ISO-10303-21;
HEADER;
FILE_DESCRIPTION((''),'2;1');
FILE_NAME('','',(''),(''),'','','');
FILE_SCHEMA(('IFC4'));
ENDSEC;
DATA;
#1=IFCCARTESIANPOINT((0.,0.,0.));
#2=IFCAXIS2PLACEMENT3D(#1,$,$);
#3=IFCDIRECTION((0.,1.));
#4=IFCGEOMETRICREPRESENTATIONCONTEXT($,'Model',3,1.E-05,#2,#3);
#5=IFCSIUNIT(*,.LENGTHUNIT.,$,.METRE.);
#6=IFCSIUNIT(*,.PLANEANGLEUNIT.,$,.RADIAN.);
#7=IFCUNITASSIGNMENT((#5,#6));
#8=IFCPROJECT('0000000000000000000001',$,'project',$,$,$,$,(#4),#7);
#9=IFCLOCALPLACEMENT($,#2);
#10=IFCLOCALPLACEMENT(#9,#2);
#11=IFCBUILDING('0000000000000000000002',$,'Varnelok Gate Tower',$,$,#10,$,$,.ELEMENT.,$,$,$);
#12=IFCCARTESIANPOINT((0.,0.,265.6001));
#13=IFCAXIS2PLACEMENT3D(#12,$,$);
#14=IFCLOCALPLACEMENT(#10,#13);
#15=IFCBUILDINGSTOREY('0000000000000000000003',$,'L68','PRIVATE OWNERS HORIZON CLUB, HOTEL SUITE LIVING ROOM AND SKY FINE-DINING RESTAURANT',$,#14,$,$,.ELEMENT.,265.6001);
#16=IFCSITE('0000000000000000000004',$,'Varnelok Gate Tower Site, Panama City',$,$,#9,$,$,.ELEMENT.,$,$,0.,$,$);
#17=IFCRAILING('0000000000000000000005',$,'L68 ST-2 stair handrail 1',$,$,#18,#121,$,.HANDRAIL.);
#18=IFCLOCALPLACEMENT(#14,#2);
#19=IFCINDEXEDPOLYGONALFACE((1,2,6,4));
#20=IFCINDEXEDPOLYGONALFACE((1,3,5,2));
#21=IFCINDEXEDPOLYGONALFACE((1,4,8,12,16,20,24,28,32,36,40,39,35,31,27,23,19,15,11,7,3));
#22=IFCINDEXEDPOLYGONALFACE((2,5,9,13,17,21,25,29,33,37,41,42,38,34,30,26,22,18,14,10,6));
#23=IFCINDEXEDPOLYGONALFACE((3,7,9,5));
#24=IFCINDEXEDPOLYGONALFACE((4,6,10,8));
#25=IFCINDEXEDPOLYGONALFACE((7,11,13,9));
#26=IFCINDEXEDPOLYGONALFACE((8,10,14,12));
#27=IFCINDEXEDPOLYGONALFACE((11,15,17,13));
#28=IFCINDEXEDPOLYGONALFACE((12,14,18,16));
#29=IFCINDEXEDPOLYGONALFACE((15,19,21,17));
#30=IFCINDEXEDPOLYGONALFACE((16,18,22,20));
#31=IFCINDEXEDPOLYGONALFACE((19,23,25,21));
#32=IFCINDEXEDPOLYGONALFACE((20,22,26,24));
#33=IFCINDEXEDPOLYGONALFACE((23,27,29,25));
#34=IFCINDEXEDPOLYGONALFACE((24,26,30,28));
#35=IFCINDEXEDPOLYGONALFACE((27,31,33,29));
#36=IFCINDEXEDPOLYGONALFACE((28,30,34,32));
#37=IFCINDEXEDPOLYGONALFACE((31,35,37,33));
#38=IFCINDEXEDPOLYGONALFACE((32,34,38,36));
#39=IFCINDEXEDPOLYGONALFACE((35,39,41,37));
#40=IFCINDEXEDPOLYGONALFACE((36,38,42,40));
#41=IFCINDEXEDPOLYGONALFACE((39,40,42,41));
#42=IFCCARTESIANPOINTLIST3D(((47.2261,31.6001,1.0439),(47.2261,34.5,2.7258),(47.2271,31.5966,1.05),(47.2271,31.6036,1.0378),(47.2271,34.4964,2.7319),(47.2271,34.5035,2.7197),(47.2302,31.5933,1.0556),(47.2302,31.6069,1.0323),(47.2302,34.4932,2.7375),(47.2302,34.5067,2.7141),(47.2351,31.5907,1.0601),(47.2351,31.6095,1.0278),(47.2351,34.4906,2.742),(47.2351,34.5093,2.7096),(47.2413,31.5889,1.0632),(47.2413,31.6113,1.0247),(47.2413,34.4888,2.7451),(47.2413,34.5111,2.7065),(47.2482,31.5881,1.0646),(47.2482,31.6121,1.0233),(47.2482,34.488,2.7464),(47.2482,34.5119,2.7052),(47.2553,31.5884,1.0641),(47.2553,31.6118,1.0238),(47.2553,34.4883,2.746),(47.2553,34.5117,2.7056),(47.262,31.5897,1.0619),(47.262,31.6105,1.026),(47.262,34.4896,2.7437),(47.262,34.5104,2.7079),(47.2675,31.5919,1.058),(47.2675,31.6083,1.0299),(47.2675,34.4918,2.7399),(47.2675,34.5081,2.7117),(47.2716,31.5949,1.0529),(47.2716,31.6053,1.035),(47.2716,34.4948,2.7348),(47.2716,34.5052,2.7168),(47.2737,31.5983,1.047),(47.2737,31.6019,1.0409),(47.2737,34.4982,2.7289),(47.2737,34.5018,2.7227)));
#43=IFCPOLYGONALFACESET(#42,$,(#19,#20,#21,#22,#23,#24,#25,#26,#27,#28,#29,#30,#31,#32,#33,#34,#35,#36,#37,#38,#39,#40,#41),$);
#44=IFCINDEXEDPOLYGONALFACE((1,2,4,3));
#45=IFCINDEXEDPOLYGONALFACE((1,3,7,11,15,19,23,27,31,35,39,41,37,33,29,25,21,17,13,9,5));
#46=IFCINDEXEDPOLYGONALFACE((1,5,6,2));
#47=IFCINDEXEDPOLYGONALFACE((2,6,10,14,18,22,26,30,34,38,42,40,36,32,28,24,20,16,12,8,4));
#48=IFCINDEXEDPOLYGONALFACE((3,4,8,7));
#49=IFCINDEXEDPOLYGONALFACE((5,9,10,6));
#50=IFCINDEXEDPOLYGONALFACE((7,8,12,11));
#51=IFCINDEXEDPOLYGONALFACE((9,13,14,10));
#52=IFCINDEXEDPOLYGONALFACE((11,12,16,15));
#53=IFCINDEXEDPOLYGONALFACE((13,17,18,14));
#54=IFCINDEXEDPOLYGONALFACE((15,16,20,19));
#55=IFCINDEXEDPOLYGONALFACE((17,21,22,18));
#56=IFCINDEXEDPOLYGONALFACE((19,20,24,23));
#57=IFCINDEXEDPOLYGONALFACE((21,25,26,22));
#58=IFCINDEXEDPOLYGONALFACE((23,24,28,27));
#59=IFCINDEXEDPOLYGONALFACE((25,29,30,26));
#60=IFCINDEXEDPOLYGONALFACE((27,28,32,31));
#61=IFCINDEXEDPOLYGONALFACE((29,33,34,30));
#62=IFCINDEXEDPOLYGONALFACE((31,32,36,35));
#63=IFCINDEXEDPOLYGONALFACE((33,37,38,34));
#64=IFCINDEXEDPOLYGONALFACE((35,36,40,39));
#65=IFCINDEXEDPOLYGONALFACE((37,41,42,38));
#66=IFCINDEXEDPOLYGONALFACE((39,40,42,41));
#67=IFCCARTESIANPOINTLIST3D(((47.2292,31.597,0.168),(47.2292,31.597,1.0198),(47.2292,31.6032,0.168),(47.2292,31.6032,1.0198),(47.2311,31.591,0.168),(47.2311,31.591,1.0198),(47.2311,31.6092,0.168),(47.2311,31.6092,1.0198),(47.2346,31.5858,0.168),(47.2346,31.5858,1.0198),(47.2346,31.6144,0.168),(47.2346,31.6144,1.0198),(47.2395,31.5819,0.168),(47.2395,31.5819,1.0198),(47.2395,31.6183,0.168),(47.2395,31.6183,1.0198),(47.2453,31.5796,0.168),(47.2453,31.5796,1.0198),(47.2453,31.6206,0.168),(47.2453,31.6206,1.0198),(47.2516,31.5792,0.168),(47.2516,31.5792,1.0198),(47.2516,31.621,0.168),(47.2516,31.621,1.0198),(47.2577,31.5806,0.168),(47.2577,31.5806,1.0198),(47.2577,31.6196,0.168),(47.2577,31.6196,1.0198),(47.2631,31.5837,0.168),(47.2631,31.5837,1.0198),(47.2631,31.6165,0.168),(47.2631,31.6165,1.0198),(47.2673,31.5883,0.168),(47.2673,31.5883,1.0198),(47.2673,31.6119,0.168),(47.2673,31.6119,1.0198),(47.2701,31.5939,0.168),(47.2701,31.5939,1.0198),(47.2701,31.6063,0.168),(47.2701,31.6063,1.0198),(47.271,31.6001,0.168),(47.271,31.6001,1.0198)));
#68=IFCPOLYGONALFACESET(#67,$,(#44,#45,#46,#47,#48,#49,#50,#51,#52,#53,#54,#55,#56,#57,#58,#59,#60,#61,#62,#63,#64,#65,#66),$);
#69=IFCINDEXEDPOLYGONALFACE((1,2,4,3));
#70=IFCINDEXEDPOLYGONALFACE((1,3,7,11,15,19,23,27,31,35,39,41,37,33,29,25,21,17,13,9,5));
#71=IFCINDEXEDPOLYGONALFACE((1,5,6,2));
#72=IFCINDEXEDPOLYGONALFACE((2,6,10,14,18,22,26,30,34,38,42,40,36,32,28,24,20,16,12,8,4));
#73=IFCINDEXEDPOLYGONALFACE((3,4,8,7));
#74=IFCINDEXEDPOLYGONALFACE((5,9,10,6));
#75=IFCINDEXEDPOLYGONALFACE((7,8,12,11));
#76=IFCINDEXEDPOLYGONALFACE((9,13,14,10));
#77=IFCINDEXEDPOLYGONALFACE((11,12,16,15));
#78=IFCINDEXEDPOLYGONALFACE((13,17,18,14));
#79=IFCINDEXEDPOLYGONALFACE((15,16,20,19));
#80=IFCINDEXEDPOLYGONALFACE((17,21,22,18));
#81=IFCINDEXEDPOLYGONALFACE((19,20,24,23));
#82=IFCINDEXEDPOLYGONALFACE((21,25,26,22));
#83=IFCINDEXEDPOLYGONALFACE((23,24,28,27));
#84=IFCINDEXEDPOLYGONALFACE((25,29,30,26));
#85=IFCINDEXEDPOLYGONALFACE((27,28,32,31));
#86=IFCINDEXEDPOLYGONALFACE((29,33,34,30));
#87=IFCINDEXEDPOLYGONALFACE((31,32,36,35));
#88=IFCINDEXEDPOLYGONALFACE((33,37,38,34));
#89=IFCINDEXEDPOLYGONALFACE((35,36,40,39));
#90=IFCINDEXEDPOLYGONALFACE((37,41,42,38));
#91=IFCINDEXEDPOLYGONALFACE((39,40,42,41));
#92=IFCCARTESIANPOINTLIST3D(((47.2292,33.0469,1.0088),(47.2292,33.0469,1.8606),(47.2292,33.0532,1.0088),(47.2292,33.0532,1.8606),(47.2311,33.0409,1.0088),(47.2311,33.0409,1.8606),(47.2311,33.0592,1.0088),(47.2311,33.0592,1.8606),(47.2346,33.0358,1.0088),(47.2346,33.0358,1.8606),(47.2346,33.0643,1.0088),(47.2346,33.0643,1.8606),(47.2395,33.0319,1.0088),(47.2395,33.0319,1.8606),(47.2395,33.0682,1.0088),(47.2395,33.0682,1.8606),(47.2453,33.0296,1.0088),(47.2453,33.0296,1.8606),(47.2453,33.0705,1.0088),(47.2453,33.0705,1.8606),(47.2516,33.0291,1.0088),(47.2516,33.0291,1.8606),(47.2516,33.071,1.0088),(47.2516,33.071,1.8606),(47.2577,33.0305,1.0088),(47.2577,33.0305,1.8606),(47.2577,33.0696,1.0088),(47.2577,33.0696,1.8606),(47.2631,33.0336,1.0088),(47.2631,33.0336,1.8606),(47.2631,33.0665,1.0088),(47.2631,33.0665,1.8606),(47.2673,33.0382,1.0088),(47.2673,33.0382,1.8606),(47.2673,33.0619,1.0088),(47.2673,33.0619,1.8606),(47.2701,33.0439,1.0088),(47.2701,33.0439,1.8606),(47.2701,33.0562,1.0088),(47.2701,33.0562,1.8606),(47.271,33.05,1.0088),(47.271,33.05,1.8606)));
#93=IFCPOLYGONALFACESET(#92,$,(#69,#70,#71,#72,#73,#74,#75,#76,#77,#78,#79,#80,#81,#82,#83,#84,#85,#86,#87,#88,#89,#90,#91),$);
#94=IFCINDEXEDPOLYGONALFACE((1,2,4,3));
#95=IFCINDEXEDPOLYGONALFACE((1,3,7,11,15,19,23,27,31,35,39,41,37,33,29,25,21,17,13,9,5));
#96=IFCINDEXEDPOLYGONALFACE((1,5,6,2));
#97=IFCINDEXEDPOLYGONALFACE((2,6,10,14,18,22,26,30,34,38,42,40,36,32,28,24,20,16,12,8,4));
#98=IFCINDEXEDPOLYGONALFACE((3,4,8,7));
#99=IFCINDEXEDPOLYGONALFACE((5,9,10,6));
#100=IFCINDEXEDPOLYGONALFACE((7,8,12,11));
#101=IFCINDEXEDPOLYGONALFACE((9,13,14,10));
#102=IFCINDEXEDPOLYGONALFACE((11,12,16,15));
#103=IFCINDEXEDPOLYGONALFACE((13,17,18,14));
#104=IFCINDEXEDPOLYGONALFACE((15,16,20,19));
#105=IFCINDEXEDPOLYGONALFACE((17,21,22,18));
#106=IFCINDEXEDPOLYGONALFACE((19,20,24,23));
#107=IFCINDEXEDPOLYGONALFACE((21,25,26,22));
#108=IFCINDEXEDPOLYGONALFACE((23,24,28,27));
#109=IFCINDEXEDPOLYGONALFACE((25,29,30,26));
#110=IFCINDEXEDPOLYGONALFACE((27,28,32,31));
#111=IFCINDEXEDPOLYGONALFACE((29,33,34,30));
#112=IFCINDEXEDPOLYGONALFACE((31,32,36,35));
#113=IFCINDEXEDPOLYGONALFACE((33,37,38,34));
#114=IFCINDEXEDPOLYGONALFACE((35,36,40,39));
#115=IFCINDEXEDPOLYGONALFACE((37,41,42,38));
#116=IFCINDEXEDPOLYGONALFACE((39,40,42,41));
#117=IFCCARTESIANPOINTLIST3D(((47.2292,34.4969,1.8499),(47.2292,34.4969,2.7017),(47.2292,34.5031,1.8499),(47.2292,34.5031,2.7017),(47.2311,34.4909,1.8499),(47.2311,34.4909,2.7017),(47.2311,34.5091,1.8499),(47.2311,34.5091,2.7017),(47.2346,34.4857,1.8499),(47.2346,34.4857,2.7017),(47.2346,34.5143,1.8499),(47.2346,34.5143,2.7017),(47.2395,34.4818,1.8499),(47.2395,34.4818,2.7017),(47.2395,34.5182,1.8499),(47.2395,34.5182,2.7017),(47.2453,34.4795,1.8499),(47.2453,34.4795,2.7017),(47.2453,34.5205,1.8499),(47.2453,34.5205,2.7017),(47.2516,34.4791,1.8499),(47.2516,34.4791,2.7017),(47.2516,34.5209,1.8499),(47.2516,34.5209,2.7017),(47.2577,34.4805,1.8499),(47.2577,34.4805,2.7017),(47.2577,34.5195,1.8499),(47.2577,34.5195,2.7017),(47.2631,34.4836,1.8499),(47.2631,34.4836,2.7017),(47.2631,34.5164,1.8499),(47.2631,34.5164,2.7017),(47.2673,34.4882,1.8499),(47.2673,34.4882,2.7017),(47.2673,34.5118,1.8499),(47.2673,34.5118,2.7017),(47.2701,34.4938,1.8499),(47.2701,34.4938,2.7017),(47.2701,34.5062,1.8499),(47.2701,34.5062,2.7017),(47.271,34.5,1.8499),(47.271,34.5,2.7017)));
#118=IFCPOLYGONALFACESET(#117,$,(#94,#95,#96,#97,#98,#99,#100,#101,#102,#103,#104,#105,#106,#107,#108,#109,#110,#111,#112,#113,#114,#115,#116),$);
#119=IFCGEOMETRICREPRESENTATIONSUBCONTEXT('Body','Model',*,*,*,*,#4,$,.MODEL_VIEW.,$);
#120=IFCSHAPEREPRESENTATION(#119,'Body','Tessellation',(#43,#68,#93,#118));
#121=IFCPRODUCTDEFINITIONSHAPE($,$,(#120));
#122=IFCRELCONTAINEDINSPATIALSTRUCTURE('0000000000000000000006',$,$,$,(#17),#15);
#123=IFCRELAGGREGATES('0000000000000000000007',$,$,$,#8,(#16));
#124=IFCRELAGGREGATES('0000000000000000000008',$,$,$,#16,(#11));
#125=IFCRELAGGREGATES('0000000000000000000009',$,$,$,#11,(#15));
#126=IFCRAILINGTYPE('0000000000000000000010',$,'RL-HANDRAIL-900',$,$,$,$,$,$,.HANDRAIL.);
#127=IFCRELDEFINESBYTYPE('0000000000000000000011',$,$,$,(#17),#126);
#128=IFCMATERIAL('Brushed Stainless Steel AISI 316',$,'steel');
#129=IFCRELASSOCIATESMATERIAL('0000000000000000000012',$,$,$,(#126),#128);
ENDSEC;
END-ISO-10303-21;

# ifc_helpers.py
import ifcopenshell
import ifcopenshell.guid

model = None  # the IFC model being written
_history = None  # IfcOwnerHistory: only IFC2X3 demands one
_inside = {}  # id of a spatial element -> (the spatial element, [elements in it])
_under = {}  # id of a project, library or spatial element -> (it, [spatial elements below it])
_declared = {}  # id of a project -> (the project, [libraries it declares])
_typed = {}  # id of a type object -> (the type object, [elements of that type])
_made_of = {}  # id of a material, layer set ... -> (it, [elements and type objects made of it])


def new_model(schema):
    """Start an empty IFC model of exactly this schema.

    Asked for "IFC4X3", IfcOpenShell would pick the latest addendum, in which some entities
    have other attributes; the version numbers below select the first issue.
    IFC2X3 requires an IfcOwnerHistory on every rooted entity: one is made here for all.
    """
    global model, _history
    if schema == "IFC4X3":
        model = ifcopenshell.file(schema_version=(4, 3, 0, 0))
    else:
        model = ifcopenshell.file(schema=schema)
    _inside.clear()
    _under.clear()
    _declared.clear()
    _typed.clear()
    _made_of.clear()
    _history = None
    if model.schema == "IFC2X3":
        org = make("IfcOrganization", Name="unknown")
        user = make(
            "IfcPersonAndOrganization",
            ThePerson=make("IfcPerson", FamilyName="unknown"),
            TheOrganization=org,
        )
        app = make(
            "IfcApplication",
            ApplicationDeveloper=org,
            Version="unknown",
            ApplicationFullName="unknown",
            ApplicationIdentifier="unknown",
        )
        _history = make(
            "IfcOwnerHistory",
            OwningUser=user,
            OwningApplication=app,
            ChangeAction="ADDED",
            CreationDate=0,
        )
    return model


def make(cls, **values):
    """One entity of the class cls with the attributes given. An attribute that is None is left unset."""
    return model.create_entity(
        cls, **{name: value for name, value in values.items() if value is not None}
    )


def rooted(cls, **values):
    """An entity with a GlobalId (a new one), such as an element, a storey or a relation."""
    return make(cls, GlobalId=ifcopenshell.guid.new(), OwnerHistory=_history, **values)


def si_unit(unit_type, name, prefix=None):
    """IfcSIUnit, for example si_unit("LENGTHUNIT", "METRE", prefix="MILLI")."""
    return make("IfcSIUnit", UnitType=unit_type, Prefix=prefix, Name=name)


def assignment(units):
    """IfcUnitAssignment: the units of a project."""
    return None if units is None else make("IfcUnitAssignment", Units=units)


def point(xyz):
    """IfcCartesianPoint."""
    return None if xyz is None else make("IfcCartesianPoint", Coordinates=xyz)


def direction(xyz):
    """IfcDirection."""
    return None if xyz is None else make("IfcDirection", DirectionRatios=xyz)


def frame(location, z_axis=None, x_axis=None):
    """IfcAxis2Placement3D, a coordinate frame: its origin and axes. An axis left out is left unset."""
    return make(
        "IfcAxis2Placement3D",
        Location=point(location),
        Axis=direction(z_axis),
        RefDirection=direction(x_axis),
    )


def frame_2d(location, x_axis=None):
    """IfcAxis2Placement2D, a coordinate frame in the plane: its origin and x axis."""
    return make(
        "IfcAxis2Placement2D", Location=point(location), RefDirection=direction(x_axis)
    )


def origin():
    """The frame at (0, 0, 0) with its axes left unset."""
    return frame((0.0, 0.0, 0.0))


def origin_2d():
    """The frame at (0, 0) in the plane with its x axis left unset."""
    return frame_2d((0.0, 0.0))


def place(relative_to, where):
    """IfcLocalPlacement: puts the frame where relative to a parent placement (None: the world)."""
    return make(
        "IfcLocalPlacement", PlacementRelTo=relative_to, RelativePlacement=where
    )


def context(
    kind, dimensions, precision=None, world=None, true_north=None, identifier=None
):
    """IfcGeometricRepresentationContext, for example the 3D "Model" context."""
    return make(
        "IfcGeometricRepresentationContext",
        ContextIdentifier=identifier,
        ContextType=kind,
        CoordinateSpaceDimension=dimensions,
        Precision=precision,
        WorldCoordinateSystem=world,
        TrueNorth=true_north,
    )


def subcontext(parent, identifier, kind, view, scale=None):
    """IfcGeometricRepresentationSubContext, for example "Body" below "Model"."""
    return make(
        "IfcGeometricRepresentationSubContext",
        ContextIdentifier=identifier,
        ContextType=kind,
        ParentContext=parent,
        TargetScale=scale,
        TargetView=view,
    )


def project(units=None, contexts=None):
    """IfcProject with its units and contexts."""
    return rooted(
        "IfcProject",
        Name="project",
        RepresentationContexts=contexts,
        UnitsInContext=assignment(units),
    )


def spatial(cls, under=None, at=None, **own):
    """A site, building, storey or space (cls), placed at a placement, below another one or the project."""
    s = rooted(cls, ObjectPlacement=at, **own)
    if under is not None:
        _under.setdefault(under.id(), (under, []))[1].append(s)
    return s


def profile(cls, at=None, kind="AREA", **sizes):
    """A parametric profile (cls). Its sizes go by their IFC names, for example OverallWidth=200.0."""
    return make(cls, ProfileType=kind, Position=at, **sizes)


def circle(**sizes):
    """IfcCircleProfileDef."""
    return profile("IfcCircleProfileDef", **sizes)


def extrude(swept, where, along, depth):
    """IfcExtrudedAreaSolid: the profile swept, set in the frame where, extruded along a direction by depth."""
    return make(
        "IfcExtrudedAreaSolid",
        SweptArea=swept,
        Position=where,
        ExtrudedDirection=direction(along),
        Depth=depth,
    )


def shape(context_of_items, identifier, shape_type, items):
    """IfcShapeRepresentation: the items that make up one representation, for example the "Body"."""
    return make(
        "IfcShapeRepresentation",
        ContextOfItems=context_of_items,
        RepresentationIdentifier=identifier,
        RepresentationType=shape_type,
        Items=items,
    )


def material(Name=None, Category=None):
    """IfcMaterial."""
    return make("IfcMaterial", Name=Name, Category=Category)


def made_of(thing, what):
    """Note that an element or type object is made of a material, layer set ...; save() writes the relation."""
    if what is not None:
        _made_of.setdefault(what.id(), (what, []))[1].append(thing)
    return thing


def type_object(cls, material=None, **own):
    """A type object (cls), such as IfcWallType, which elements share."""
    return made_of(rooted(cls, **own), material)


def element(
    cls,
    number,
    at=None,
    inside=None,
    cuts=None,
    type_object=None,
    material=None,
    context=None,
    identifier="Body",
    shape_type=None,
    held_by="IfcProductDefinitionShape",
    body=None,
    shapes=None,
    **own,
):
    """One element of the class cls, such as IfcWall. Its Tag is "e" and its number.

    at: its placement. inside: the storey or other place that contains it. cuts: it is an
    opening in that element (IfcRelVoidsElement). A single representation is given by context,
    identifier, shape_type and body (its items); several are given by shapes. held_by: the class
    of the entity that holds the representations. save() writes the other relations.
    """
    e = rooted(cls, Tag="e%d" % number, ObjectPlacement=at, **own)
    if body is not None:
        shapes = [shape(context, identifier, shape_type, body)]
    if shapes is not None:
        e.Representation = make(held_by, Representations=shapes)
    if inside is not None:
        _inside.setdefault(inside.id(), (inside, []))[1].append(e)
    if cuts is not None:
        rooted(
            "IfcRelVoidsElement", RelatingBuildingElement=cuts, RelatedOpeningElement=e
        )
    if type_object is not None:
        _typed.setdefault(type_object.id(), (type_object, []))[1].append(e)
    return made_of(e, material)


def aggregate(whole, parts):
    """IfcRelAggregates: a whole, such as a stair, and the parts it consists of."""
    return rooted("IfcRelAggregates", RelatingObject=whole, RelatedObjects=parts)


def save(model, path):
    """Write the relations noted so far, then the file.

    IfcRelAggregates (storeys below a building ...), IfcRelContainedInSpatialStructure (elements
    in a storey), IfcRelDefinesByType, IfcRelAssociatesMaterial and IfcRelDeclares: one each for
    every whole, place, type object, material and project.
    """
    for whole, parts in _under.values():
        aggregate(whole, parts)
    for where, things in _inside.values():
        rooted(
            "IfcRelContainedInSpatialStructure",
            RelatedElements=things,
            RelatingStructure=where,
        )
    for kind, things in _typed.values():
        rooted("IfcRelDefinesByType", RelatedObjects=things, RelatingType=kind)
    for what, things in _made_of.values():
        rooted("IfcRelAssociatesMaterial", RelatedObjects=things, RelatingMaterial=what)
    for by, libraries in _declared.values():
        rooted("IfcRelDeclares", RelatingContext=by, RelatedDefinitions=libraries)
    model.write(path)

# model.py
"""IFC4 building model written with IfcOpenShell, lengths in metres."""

from ifc_helpers import new_model, si_unit, direction, frame, origin, origin_2d, place, context, subcontext, project, spatial, circle, extrude, material, type_object, element, save


model = new_model("IFC4")

# Units and contexts
model_context = context("Model", 3, precision=1e-05, world=origin(), true_north=direction((0.0, 1.0)))
body_context = subcontext(model_context, "Body", "Model", "MODEL_VIEW")
ifc_project = project(units=[si_unit("LENGTHUNIT", "METRE"), si_unit("PLANEANGLEUNIT", "RADIAN")], contexts=[model_context])

# Site, building, storey
site_placement = place(None, origin())
site = spatial("IfcSite", under=ifc_project, at=site_placement, Name="Varnelok Gate Tower Site, Panama City", CompositionType="ELEMENT", RefElevation=0.0)
building_placement = place(site_placement, origin())
building = spatial("IfcBuilding", under=site, at=building_placement, Name="Varnelok Gate Tower", CompositionType="ELEMENT")
storey_placement = place(building_placement, frame((0.0, 0.0, 265.6001)))
storey = spatial("IfcBuildingStorey", under=building, at=storey_placement, Name="L68", Description="PRIVATE OWNERS HORIZON CLUB, HOTEL SUITE LIVING ROOM AND SKY FINE-DINING RESTAURANT", CompositionType="ELEMENT", Elevation=265.6001)

# Railing
ifc_material_1 = material(Name="Brushed Stainless Steel AISI 316", Category="steel")
railing_type_1 = type_object("IfcRailingType", Name="RL-HANDRAIL-900", PredefinedType="HANDRAIL", material=ifc_material_1)
railing_1_placement = place(storey_placement, frame((47.25, 31.6001, 0.168)))
element("IfcRailing", 1, at=railing_1_placement, inside=storey, type_object=railing_type_1, Name="L68 ST-2 stair handrail 1", PredefinedType="HANDRAIL", context=body_context, shape_type="SweptSolid", body=[
    extrude(circle(Radius=0.0239, at=origin_2d()), frame((0.0, 0.0, 0.876), z_axis=(0.0, 0.865039, 0.501705), x_axis=(-1.0, 0.0, 0.0)), (0.0, 0.0, 1.0), 3.3523),
    extrude(circle(Radius=0.021, at=origin_2d()), origin(), (0.0, 0.0, 1.0), 0.8518),
    extrude(circle(Radius=0.021, at=origin_2d()), frame((0.0, 1.45, 0.8408)), (0.0, 0.0, 1.0), 0.8518),
    extrude(circle(Radius=0.021, at=origin_2d()), frame((0.0, 2.8999, 1.6819)), (0.0, 0.0, 1.0), 0.8518),
])

save(model, "model.ifc")
